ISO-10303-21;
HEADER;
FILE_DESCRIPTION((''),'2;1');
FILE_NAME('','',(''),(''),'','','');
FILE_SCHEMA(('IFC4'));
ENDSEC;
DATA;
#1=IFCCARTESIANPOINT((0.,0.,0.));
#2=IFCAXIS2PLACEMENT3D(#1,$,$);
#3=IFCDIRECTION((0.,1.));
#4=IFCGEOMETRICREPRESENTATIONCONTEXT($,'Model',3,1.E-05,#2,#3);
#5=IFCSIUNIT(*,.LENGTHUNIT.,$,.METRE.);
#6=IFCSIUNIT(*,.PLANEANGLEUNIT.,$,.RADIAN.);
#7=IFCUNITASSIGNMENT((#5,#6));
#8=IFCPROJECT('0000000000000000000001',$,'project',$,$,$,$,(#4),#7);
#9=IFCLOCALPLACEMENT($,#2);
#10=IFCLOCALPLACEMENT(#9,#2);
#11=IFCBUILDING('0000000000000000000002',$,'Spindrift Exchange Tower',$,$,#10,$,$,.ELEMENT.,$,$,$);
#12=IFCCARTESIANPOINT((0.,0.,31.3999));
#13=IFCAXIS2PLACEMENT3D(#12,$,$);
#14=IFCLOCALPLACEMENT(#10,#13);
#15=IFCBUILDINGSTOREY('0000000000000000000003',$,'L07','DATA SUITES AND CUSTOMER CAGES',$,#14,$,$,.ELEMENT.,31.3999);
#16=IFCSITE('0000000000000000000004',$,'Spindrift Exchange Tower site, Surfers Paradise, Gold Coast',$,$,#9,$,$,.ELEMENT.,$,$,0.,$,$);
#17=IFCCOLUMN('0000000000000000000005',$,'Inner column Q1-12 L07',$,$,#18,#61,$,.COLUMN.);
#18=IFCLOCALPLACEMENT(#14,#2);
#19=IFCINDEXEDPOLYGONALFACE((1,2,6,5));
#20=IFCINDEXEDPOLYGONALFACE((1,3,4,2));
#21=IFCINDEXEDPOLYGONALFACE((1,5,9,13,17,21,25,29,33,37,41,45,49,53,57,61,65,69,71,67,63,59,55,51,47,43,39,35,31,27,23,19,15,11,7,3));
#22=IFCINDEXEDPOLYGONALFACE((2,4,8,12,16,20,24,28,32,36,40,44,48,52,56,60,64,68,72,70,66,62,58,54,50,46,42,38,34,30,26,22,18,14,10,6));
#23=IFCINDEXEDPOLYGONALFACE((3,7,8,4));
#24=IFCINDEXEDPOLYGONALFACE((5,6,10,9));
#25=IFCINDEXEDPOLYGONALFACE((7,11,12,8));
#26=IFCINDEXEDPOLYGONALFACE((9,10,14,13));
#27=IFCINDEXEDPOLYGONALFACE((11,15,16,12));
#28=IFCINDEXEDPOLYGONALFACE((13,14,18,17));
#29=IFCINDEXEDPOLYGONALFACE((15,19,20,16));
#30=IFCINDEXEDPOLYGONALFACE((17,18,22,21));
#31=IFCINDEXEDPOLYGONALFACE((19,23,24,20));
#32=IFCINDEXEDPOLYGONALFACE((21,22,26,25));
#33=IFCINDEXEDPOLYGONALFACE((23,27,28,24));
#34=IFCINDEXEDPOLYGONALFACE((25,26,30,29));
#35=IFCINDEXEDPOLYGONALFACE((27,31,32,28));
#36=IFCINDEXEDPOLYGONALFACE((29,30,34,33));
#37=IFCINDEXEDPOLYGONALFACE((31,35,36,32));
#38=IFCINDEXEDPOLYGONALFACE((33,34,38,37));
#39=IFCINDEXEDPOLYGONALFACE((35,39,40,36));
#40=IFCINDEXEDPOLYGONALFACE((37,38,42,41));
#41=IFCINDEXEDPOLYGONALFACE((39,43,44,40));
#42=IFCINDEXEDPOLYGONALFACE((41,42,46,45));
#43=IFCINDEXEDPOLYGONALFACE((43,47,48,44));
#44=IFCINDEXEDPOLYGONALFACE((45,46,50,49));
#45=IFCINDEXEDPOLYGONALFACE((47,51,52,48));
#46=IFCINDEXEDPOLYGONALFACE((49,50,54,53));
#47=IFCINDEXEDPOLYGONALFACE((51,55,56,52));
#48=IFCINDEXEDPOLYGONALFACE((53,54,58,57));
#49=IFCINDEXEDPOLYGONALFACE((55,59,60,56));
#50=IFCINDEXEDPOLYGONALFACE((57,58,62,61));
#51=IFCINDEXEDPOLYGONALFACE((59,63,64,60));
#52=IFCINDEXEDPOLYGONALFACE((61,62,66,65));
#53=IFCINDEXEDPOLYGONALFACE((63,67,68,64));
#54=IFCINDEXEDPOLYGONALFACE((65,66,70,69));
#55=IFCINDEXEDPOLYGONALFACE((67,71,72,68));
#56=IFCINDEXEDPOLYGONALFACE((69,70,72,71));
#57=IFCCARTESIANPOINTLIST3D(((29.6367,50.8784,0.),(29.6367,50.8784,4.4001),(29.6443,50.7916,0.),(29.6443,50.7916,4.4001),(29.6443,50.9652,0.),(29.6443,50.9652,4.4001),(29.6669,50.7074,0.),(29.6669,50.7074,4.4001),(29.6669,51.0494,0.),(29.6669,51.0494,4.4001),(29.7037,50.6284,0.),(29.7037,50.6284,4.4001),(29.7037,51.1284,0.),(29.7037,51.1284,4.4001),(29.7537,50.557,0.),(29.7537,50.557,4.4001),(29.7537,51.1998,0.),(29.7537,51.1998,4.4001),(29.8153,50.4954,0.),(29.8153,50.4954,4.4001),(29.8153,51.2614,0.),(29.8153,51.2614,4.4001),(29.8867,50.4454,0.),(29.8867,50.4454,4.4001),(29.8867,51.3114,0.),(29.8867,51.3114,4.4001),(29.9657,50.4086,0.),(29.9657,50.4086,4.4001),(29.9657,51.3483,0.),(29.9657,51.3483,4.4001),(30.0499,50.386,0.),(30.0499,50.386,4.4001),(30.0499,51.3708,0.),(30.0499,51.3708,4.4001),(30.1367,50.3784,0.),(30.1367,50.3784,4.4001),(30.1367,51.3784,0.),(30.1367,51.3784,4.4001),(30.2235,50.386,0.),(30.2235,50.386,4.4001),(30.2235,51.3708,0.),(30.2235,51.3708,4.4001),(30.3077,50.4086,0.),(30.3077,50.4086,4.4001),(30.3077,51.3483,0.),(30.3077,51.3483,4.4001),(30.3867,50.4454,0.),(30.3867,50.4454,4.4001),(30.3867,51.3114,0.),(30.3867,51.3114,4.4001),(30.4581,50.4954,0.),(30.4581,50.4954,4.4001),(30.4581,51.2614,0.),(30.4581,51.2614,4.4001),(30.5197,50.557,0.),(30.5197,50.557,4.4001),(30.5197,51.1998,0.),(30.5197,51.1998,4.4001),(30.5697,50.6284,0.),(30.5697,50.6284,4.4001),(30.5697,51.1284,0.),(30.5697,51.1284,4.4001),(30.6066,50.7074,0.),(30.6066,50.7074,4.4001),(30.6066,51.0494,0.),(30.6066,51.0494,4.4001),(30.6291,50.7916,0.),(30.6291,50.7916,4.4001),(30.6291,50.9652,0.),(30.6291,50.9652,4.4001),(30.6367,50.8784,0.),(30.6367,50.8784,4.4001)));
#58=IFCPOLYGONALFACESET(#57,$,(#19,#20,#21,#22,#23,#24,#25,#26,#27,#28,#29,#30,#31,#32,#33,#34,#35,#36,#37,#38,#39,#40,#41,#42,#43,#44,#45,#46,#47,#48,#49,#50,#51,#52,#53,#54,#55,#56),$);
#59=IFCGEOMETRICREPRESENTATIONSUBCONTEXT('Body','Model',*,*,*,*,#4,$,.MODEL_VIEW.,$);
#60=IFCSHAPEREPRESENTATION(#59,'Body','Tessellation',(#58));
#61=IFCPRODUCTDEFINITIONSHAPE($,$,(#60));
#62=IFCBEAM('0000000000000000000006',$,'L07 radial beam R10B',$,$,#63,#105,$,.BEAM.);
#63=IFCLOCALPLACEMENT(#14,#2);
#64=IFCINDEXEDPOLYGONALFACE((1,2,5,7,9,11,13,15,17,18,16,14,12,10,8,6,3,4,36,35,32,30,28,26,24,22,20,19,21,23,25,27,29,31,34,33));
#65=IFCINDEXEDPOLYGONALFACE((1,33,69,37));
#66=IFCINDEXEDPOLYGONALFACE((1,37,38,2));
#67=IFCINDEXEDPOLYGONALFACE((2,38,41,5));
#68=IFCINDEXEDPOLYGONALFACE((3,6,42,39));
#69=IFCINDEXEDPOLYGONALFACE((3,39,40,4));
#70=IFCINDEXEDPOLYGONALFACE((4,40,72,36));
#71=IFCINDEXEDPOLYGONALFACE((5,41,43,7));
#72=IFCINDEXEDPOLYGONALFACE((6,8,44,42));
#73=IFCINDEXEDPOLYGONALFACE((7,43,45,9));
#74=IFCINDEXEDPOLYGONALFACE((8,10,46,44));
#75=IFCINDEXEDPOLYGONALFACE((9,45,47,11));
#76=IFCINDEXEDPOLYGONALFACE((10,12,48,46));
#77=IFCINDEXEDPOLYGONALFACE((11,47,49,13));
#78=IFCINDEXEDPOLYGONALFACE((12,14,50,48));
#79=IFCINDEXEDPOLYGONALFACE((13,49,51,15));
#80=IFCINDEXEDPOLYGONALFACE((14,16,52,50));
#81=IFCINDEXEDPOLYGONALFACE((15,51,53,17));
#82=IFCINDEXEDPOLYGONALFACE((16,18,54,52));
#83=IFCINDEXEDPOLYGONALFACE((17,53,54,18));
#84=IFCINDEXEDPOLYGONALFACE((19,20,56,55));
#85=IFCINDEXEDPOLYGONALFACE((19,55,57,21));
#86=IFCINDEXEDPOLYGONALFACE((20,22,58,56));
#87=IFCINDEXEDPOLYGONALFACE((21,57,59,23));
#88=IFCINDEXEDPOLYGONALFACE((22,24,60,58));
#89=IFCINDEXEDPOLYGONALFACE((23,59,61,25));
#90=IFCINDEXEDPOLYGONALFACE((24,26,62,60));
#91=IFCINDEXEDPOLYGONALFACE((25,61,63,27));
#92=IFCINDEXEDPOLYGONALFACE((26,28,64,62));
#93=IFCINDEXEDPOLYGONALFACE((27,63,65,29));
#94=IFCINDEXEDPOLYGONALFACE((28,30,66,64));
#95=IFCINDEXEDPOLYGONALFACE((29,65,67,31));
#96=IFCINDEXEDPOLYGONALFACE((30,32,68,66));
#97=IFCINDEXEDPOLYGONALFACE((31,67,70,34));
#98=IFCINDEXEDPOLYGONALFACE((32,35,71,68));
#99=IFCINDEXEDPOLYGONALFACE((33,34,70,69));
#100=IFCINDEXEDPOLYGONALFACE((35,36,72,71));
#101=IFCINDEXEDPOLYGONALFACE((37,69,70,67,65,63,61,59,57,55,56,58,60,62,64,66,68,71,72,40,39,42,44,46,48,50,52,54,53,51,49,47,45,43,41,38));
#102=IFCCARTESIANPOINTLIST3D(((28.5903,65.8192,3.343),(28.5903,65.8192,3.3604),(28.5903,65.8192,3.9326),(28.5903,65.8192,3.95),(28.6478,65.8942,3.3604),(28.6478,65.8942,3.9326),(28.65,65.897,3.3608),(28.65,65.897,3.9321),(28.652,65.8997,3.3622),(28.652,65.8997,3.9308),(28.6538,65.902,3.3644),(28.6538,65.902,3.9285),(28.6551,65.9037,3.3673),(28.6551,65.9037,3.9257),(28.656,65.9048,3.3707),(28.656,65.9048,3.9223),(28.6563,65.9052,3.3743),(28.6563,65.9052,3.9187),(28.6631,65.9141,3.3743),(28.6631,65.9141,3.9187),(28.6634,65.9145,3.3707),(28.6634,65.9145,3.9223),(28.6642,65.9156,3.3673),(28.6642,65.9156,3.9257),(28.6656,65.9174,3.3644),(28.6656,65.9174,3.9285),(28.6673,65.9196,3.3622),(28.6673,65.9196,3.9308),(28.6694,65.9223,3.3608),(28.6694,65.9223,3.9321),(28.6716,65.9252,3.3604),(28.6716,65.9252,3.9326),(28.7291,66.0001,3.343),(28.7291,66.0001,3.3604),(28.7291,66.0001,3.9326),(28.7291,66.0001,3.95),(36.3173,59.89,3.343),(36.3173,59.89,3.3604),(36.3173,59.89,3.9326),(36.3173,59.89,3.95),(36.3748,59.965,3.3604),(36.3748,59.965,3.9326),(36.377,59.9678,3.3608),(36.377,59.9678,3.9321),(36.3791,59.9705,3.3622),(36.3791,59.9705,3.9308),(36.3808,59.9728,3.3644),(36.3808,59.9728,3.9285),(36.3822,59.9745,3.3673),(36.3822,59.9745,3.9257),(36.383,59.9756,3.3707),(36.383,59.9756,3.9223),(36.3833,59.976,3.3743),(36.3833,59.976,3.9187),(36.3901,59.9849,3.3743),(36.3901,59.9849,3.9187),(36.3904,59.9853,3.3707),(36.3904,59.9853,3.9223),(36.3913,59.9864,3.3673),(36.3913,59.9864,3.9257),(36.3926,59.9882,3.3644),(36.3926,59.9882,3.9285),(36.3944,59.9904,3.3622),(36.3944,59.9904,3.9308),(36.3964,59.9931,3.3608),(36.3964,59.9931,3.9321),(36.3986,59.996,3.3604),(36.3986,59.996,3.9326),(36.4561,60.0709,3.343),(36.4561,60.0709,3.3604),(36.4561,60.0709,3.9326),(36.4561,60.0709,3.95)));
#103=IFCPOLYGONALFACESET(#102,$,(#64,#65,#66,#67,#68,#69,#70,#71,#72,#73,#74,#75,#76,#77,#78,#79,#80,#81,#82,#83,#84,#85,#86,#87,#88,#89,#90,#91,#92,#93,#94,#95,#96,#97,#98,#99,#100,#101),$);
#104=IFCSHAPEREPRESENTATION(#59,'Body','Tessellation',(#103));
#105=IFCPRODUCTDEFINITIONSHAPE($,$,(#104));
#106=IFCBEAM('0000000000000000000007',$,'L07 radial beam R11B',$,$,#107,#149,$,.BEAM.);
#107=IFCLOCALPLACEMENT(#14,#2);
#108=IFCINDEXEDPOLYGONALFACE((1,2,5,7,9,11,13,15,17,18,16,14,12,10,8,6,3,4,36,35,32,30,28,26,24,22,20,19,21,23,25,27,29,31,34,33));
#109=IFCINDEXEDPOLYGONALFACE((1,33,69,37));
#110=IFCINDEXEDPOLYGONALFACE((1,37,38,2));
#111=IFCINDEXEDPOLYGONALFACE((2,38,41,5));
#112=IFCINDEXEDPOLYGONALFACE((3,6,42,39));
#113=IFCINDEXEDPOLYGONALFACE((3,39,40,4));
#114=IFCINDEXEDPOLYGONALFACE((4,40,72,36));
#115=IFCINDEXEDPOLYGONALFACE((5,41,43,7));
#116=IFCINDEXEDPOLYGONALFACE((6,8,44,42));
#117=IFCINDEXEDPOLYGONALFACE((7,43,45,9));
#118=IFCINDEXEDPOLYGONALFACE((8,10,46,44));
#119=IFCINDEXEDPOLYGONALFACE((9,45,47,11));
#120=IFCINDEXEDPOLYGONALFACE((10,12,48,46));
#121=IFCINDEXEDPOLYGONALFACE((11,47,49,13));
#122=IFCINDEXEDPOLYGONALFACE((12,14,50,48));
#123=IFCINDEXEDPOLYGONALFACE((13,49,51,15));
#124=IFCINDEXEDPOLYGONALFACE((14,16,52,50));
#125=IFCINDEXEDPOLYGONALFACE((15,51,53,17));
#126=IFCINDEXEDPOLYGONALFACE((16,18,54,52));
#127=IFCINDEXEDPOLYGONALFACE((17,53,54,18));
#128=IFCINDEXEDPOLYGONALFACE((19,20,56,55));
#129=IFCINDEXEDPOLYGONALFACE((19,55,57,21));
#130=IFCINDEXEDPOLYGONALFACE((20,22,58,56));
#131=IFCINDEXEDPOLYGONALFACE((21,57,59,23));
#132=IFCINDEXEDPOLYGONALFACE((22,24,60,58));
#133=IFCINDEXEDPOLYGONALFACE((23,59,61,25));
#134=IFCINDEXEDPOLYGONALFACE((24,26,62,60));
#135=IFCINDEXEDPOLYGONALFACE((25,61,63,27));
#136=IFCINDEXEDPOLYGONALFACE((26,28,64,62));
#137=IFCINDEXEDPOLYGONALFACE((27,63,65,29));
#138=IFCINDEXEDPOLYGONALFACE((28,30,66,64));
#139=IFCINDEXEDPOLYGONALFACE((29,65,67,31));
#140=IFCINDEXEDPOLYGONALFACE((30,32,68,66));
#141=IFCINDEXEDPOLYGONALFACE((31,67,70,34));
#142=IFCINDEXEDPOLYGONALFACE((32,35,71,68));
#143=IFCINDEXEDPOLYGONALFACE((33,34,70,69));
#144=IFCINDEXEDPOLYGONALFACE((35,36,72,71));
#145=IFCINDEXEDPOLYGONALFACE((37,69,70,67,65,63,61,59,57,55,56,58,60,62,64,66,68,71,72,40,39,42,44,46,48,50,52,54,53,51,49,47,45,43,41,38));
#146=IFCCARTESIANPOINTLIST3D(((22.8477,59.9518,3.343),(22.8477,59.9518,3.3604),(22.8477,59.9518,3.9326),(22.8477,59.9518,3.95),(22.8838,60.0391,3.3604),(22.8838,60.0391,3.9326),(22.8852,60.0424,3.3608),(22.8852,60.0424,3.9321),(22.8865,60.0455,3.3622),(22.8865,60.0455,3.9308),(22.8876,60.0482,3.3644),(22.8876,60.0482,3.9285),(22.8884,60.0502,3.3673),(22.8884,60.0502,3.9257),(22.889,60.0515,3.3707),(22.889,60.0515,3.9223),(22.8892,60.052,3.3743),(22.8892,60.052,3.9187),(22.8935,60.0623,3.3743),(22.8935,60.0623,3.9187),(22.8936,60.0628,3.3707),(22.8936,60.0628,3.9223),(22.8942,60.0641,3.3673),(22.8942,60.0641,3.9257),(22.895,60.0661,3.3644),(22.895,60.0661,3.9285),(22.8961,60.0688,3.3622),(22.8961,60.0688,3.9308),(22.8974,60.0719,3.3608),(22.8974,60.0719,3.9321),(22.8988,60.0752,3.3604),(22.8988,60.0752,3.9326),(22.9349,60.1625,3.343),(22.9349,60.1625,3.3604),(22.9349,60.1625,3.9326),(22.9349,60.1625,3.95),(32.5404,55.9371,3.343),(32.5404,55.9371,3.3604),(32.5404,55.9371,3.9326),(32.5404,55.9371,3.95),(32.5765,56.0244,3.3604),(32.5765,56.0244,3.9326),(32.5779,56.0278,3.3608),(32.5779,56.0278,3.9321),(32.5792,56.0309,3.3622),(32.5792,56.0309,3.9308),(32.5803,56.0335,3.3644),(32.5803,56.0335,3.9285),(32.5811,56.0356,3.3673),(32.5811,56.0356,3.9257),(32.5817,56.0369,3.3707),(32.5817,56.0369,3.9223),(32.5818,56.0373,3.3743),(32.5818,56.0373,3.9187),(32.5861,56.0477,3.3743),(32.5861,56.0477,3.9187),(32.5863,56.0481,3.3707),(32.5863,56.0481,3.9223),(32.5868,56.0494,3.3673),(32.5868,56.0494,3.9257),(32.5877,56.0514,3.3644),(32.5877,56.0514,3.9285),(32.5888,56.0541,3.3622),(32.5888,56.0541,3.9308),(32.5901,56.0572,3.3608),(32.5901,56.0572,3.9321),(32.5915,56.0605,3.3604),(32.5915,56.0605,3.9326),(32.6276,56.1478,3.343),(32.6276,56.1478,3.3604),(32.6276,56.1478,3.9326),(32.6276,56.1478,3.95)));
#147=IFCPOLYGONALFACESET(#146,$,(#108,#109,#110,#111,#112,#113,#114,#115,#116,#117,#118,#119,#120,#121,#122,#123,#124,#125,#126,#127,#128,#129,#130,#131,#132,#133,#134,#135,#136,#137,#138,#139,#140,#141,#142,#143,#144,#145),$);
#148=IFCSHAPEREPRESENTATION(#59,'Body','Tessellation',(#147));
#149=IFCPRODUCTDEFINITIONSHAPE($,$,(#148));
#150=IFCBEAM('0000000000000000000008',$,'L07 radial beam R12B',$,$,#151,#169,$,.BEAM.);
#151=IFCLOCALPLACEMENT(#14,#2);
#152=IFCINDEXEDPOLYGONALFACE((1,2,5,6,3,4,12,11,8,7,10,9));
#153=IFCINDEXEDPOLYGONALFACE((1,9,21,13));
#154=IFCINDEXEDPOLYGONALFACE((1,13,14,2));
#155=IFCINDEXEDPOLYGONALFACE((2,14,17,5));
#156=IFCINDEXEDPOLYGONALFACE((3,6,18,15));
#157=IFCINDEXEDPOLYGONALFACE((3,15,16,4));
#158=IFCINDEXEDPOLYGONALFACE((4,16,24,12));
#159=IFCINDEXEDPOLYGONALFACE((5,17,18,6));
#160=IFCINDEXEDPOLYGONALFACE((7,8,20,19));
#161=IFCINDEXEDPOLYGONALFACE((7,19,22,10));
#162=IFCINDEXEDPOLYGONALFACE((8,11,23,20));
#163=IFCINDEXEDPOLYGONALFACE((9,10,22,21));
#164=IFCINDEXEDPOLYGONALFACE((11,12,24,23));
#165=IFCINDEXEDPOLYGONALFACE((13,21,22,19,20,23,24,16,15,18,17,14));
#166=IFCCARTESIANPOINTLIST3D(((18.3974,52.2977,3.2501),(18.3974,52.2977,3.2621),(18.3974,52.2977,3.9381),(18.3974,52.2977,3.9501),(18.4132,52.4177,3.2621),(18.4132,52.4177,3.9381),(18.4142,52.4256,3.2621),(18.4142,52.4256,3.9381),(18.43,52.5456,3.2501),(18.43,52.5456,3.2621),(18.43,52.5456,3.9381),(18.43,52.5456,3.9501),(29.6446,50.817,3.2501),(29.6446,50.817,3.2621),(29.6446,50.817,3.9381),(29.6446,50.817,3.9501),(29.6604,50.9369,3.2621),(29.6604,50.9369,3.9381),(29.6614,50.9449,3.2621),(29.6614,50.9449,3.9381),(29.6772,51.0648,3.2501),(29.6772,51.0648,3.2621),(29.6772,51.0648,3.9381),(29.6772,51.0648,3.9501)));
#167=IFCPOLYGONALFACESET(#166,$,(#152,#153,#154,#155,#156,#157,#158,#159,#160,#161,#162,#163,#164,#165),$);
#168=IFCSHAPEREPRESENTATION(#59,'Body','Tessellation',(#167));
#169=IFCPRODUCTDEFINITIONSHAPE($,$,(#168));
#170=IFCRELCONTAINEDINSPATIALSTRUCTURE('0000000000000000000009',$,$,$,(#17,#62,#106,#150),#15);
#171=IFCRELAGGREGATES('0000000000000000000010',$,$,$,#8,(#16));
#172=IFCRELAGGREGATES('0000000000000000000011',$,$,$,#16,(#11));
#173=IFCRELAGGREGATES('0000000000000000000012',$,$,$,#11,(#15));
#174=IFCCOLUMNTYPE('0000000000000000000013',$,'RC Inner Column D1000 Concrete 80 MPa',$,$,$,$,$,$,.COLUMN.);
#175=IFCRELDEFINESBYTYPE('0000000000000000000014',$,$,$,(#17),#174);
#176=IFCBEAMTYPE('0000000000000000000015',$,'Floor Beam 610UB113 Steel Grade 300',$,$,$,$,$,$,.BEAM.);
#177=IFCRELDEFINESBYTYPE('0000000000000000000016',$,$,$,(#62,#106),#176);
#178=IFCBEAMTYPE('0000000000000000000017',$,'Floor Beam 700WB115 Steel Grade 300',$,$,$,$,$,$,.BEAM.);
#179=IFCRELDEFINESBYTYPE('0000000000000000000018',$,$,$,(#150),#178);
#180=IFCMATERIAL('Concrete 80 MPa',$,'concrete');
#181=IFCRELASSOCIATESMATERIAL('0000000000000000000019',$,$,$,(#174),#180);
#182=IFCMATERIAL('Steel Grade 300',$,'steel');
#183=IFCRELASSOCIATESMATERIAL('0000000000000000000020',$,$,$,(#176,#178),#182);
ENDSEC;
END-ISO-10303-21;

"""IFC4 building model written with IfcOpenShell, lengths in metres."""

from ifc_helpers import new_model, si_unit, direction, frame, origin, origin_2d, place, context, subcontext, project, spatial, circle, i_section, extrude, source, transform, mapped, material, material_profile, profile_set, type_object, element, save


model = new_model("IFC4")

# Units and contexts
model_context = context("Model", 3, precision=1e-05, world=origin(), true_north=direction((0.0, 1.0)))
body_context = subcontext(model_context, "Body", "Model", "MODEL_VIEW")
ifc_project = project(units=[si_unit("LENGTHUNIT", "METRE"), si_unit("PLANEANGLEUNIT", "RADIAN")], contexts=[model_context])

# Site, building, storey
site_placement = place(None, origin())
site = spatial("IfcSite", under=ifc_project, at=site_placement, Name="Spindrift Exchange Tower site, Surfers Paradise, Gold Coast", CompositionType="ELEMENT", RefElevation=0.0)
building_placement = place(site_placement, origin())
building = spatial("IfcBuilding", under=site, at=building_placement, Name="Spindrift Exchange Tower", CompositionType="ELEMENT")
storey_placement = place(building_placement, frame((0.0, 0.0, 31.3999)))
storey = spatial("IfcBuildingStorey", under=building, at=storey_placement, Name="L07", Description="DATA SUITES AND CUSTOMER CAGES", CompositionType="ELEMENT", Elevation=31.3999)

# Column
ifc_material_1 = material(Name="Concrete 80 MPa", Category="concrete")
ifc_material_profile_1 = material_profile(ifc_material_1, circle(Radius=0.5, at=origin_2d()), Name="RC D1000")
ifc_profile_set_1 = profile_set([ifc_material_profile_1], Name="Concrete 80 MPa")
column_type_1 = type_object("IfcColumnType", Name="RC Inner Column D1000 Concrete 80 MPa", PredefinedType="COLUMN", material=ifc_profile_set_1)
shared_shape_1 = source(origin(), body_context, "Body", "SweptSolid", [
    extrude(circle(Radius=0.5, at=origin_2d()), origin(), (0.0, 0.0, 1.0), 4.4001),
])
for number, where, z_axis, x_axis, name in (
    (1, (30.1367, 50.8784, 0.0), (0.0, 0.0, 1.0), (1.0, 0.0, 0.0), "Inner column Q1-12 L07"),
):
    element("IfcColumn", number, at=place(storey_placement, frame(where, z_axis=z_axis, x_axis=x_axis)), inside=storey, type_object=column_type_1, Name=name, PredefinedType="COLUMN", context=body_context, shape_type="MappedRepresentation", body=[
        mapped(shared_shape_1, transform((0.0, 0.0, 0.0), scale=1.0)),
    ])

# Beams
ifc_material_2 = material(Name="Steel Grade 300", Category="steel")
ifc_material_profile_2 = material_profile(ifc_material_2, i_section(OverallWidth=0.228, OverallDepth=0.6069, WebThickness=0.0112, FlangeThickness=0.0173, FilletRadius=0.0139, at=origin_2d()), Name="610UB113")
ifc_profile_set_2 = profile_set([ifc_material_profile_2], Name="Steel Grade 300")
beam_type_1 = type_object("IfcBeamType", Name="Floor Beam 610UB113 Steel Grade 300", PredefinedType="BEAM", material=ifc_profile_set_2)
shared_shape_2 = source(origin(), body_context, "Body", "SweptSolid", [
    extrude(i_section(OverallWidth=0.228, OverallDepth=0.6069, WebThickness=0.0112, FlangeThickness=0.0173, FilletRadius=0.0139, at=origin_2d()), origin(), (0.0, 0.0, 1.0), 9.7397),
])
beam_1_placement = place(storey_placement, frame((36.3867, 59.9805, 3.6465), z_axis=(-0.793352, 0.608763, 0.0), x_axis=(-0.608763, -0.793352, 0.0)))
element("IfcBeam", 2, at=beam_1_placement, inside=storey, type_object=beam_type_1, Name="L07 radial beam R10B", PredefinedType="BEAM", context=body_context, shape_type="MappedRepresentation", body=[
    mapped(shared_shape_2, transform((0.0, 0.0, 0.0), scale=1.0)),
])
shared_shape_3 = source(origin(), body_context, "Body", "SweptSolid", [
    extrude(i_section(OverallWidth=0.228, OverallDepth=0.6069, WebThickness=0.0112, FlangeThickness=0.0173, FilletRadius=0.0139, at=origin_2d()), origin(), (0.0, 0.0, 1.0), 10.4912),
])
beam_2_placement = place(storey_placement, frame((32.584, 56.0425, 3.6465), z_axis=(-0.923885, 0.38267, 0.0), x_axis=(-0.38267, -0.923885, 0.0)))
element("IfcBeam", 3, at=beam_2_placement, inside=storey, type_object=beam_type_1, Name="L07 radial beam R11B", PredefinedType="BEAM", context=body_context, shape_type="MappedRepresentation", body=[
    mapped(shared_shape_3, transform((0.0, 0.0, 0.0), scale=1.0)),
])
ifc_material_profile_3 = material_profile(ifc_material_2, i_section(OverallWidth=0.25, OverallDepth=0.7, WebThickness=0.0081, FlangeThickness=0.012, at=origin_2d()), Name="700WB115")
ifc_profile_set_3 = profile_set([ifc_material_profile_3], Name="Steel Grade 300")
beam_type_2 = type_object("IfcBeamType", Name="Floor Beam 700WB115 Steel Grade 300", PredefinedType="BEAM", material=ifc_profile_set_3)
shared_shape_4 = source(origin(), body_context, "Body", "SweptSolid", [
    extrude(i_section(OverallWidth=0.25, OverallDepth=0.7, WebThickness=0.0081, FlangeThickness=0.012, at=origin_2d()), origin(), (0.0, 0.0, 1.0), 11.3442),
])
beam_3_placement = place(storey_placement, frame((29.6609, 50.9409, 3.6001), z_axis=(-0.991445, 0.130527, 0.0), x_axis=(-0.130527, -0.991445, 0.0)))
element("IfcBeam", 4, at=beam_3_placement, inside=storey, type_object=beam_type_2, Name="L07 radial beam R12B", PredefinedType="BEAM", context=body_context, shape_type="MappedRepresentation", body=[
    mapped(shared_shape_4, transform((0.0, 0.0, 0.0), scale=1.0)),
])

save(model, "model.ifc")
